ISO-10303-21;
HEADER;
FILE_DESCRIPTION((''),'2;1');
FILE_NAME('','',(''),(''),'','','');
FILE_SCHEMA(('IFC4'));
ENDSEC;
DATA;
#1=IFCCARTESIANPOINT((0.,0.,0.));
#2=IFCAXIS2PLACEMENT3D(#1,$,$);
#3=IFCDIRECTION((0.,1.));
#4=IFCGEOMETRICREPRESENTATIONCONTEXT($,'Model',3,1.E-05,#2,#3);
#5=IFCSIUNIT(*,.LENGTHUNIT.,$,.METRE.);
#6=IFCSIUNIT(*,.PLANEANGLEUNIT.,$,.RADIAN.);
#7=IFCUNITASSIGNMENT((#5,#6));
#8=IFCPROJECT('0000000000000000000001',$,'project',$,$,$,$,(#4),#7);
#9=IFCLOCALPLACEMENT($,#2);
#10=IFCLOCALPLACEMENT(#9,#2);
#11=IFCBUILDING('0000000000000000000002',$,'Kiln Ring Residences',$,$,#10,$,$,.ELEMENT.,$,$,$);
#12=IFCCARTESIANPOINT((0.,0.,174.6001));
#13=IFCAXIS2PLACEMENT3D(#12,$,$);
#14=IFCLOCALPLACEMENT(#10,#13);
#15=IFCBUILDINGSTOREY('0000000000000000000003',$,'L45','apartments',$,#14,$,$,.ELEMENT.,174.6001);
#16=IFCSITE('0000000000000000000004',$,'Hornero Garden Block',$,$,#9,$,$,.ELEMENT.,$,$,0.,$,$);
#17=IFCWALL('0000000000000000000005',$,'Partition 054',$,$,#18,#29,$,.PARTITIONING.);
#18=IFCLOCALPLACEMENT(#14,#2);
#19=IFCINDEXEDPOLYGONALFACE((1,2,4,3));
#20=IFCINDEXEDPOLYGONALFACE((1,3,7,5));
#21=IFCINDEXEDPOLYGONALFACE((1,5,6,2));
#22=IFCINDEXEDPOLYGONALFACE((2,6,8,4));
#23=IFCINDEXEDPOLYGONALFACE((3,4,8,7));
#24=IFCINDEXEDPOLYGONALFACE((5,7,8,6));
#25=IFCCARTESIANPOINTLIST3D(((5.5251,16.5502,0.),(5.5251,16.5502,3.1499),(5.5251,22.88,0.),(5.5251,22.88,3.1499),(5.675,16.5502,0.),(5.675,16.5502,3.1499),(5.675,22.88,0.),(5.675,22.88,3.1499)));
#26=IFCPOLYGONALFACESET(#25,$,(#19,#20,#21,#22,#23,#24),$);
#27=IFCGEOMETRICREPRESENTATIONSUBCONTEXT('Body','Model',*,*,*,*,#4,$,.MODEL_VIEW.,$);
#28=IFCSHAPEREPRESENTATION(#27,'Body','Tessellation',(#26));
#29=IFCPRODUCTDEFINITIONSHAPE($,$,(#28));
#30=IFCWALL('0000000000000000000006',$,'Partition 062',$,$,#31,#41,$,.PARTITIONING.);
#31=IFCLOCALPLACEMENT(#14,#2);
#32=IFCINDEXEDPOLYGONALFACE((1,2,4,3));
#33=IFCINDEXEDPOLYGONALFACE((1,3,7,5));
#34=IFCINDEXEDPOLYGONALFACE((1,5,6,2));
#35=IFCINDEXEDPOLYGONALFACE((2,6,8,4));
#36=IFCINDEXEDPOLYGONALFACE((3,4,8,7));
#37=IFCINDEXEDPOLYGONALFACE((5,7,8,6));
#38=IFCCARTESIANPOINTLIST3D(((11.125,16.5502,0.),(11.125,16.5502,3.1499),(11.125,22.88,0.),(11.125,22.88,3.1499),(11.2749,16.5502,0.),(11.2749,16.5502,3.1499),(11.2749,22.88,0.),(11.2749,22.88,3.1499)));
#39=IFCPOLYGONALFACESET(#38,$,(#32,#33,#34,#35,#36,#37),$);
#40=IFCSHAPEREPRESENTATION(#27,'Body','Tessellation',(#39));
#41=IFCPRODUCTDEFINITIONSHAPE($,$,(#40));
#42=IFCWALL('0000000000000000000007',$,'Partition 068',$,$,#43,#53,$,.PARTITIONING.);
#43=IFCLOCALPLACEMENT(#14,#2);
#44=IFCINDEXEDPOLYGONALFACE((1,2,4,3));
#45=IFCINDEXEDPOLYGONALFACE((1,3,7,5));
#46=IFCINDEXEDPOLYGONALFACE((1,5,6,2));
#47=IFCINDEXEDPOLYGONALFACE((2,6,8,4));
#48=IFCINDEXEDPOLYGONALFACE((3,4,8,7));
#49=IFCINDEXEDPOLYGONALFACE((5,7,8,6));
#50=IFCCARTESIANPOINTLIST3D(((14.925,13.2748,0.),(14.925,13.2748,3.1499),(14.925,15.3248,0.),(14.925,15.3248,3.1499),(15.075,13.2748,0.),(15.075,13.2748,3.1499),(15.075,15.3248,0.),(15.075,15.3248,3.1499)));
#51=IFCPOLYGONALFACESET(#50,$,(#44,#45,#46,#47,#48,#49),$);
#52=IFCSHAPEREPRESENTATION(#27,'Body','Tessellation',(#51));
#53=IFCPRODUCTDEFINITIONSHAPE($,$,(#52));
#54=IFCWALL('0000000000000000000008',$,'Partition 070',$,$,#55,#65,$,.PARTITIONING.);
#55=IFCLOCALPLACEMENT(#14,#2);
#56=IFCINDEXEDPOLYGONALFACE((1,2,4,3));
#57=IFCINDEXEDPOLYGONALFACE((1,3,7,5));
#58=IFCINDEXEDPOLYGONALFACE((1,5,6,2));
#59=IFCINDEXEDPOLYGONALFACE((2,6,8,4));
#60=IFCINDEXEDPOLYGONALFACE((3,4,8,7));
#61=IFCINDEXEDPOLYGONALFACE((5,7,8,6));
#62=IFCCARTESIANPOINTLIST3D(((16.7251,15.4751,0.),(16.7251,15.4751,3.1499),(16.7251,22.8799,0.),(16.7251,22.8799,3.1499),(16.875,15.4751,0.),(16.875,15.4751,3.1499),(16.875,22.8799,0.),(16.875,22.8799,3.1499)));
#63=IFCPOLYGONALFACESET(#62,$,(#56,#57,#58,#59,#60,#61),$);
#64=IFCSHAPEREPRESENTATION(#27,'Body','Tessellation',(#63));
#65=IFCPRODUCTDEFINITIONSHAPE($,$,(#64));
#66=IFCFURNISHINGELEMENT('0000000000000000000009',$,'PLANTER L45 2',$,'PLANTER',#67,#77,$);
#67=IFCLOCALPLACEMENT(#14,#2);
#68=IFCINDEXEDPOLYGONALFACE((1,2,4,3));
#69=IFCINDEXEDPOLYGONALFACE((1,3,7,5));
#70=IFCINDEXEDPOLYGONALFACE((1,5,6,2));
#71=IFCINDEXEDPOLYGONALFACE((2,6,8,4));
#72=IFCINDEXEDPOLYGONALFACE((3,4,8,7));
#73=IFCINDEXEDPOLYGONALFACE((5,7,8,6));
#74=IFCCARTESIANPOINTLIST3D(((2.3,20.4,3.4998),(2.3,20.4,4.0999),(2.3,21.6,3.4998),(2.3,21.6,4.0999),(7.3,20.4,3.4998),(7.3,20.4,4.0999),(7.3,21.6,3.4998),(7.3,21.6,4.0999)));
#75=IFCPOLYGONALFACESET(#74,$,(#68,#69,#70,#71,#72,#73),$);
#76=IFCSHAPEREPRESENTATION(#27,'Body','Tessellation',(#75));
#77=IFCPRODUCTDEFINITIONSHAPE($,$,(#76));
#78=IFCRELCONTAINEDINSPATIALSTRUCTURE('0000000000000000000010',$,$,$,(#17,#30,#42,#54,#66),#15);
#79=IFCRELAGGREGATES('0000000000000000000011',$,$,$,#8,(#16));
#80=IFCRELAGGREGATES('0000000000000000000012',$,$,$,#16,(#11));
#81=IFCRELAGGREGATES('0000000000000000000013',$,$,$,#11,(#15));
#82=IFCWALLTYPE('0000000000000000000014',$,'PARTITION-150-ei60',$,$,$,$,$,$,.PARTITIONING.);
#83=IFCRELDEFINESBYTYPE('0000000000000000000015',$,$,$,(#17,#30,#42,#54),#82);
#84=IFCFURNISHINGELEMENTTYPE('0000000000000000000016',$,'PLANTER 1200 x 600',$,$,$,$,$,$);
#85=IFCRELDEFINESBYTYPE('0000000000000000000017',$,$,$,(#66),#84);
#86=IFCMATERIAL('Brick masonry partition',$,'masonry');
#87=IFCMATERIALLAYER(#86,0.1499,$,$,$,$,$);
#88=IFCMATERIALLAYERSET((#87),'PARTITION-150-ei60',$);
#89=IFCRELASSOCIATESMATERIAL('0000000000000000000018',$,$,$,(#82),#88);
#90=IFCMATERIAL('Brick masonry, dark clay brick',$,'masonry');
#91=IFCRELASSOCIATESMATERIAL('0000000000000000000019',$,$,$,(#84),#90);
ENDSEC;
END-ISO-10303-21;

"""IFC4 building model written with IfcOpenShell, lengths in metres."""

from ifc_helpers import new_model, si_unit, direction, frame, frame_2d, origin, origin_2d, place, context, subcontext, project, spatial, rectangle, extrude, material, layer, layer_set, type_object, element, save


model = new_model("IFC4")

# Units and contexts
model_context = context("Model", 3, precision=1e-05, world=origin(), true_north=direction((0.0, 1.0)))
body_context = subcontext(model_context, "Body", "Model", "MODEL_VIEW")
ifc_project = project(units=[si_unit("LENGTHUNIT", "METRE"), si_unit("PLANEANGLEUNIT", "RADIAN")], contexts=[model_context])

# Site, building, storey
site_placement = place(None, origin())
site = spatial("IfcSite", under=ifc_project, at=site_placement, Name="Hornero Garden Block", CompositionType="ELEMENT", RefElevation=0.0)
building_placement = place(site_placement, origin())
building = spatial("IfcBuilding", under=site, at=building_placement, Name="Kiln Ring Residences", CompositionType="ELEMENT")
storey_placement = place(building_placement, frame((0.0, 0.0, 174.6001)))
storey = spatial("IfcBuildingStorey", under=building, at=storey_placement, Name="L45", Description="apartments", CompositionType="ELEMENT", Elevation=174.6001)

# Shared definitions
ifc_material_1 = material(Name="Brick masonry partition", Category="masonry")
ifc_layer_1 = layer(ifc_material_1, 0.1499)
ifc_layer_set_1 = layer_set([ifc_layer_1], Name="PARTITION-150-ei60")
wall_type_1 = type_object("IfcWallType", Name="PARTITION-150-ei60", PredefinedType="PARTITIONING", material=ifc_layer_set_1)

# Walls
for number, where, z_axis, x_axis, name in (
    (1, (5.6001, 16.55, 0.0), (0.0, 0.0, 1.0), (0.0, 1.0, 0.0), "Partition 054"),
    (2, (11.2, 16.55, 0.0), (0.0, 0.0, 1.0), (0.0, 1.0, 0.0), "Partition 062"),
):
    element("IfcWall", number, at=place(storey_placement, frame(where, z_axis=z_axis, x_axis=x_axis)), inside=storey, type_object=wall_type_1, Name=name, PredefinedType="PARTITIONING", context=body_context, shape_type="SweptSolid", body=[
        extrude(rectangle(XDim=6.3298, YDim=0.1499, at=frame_2d((3.165, 0.0))), origin(), (0.0, 0.0, 1.0), 3.1499),
    ])
wall_1_placement = place(storey_placement, frame((15.0, 13.2749, 0.0), z_axis=(0.0, 0.0, 1.0), x_axis=(0.0, 1.0, 0.0)))
element("IfcWall", 3, at=wall_1_placement, inside=storey, type_object=wall_type_1, Name="Partition 068", PredefinedType="PARTITIONING", context=body_context, shape_type="SweptSolid", body=[
    extrude(rectangle(XDim=2.05, YDim=0.1499, at=frame_2d((1.0249, 0.0))), origin(), (0.0, 0.0, 1.0), 3.1499),
])
wall_2_placement = place(storey_placement, frame((16.8, 15.4751, 0.0), z_axis=(0.0, 0.0, 1.0), x_axis=(0.0, 1.0, 0.0)))
element("IfcWall", 4, at=wall_2_placement, inside=storey, type_object=wall_type_1, Name="Partition 070", PredefinedType="PARTITIONING", context=body_context, shape_type="SweptSolid", body=[
    extrude(rectangle(XDim=7.4048, YDim=0.1499, at=frame_2d((3.7024, 0.0))), origin(), (0.0, 0.0, 1.0), 3.1499),
])

# Furnishing element
ifc_material_2 = material(Name="Brick masonry, dark clay brick", Category="masonry")
furnishing_element_type = type_object("IfcFurnishingElementType", Name="PLANTER 1200 x 600", material=ifc_material_2)
furnishing_placement = place(storey_placement, frame((4.8, 21.0, 3.4998), z_axis=(0.0, 0.0, 1.0), x_axis=(1.0, 0.0, 0.0)))
element("IfcFurnishingElement", 5, at=furnishing_placement, inside=storey, type_object=furnishing_element_type, Name="PLANTER L45 2", ObjectType="PLANTER", context=body_context, shape_type="SweptSolid", body=[
    extrude(rectangle(XDim=5.0, YDim=1.2, at=origin_2d()), origin(), (0.0, 0.0, 1.0), 0.6001),
])

save(model, "model.ifc")
